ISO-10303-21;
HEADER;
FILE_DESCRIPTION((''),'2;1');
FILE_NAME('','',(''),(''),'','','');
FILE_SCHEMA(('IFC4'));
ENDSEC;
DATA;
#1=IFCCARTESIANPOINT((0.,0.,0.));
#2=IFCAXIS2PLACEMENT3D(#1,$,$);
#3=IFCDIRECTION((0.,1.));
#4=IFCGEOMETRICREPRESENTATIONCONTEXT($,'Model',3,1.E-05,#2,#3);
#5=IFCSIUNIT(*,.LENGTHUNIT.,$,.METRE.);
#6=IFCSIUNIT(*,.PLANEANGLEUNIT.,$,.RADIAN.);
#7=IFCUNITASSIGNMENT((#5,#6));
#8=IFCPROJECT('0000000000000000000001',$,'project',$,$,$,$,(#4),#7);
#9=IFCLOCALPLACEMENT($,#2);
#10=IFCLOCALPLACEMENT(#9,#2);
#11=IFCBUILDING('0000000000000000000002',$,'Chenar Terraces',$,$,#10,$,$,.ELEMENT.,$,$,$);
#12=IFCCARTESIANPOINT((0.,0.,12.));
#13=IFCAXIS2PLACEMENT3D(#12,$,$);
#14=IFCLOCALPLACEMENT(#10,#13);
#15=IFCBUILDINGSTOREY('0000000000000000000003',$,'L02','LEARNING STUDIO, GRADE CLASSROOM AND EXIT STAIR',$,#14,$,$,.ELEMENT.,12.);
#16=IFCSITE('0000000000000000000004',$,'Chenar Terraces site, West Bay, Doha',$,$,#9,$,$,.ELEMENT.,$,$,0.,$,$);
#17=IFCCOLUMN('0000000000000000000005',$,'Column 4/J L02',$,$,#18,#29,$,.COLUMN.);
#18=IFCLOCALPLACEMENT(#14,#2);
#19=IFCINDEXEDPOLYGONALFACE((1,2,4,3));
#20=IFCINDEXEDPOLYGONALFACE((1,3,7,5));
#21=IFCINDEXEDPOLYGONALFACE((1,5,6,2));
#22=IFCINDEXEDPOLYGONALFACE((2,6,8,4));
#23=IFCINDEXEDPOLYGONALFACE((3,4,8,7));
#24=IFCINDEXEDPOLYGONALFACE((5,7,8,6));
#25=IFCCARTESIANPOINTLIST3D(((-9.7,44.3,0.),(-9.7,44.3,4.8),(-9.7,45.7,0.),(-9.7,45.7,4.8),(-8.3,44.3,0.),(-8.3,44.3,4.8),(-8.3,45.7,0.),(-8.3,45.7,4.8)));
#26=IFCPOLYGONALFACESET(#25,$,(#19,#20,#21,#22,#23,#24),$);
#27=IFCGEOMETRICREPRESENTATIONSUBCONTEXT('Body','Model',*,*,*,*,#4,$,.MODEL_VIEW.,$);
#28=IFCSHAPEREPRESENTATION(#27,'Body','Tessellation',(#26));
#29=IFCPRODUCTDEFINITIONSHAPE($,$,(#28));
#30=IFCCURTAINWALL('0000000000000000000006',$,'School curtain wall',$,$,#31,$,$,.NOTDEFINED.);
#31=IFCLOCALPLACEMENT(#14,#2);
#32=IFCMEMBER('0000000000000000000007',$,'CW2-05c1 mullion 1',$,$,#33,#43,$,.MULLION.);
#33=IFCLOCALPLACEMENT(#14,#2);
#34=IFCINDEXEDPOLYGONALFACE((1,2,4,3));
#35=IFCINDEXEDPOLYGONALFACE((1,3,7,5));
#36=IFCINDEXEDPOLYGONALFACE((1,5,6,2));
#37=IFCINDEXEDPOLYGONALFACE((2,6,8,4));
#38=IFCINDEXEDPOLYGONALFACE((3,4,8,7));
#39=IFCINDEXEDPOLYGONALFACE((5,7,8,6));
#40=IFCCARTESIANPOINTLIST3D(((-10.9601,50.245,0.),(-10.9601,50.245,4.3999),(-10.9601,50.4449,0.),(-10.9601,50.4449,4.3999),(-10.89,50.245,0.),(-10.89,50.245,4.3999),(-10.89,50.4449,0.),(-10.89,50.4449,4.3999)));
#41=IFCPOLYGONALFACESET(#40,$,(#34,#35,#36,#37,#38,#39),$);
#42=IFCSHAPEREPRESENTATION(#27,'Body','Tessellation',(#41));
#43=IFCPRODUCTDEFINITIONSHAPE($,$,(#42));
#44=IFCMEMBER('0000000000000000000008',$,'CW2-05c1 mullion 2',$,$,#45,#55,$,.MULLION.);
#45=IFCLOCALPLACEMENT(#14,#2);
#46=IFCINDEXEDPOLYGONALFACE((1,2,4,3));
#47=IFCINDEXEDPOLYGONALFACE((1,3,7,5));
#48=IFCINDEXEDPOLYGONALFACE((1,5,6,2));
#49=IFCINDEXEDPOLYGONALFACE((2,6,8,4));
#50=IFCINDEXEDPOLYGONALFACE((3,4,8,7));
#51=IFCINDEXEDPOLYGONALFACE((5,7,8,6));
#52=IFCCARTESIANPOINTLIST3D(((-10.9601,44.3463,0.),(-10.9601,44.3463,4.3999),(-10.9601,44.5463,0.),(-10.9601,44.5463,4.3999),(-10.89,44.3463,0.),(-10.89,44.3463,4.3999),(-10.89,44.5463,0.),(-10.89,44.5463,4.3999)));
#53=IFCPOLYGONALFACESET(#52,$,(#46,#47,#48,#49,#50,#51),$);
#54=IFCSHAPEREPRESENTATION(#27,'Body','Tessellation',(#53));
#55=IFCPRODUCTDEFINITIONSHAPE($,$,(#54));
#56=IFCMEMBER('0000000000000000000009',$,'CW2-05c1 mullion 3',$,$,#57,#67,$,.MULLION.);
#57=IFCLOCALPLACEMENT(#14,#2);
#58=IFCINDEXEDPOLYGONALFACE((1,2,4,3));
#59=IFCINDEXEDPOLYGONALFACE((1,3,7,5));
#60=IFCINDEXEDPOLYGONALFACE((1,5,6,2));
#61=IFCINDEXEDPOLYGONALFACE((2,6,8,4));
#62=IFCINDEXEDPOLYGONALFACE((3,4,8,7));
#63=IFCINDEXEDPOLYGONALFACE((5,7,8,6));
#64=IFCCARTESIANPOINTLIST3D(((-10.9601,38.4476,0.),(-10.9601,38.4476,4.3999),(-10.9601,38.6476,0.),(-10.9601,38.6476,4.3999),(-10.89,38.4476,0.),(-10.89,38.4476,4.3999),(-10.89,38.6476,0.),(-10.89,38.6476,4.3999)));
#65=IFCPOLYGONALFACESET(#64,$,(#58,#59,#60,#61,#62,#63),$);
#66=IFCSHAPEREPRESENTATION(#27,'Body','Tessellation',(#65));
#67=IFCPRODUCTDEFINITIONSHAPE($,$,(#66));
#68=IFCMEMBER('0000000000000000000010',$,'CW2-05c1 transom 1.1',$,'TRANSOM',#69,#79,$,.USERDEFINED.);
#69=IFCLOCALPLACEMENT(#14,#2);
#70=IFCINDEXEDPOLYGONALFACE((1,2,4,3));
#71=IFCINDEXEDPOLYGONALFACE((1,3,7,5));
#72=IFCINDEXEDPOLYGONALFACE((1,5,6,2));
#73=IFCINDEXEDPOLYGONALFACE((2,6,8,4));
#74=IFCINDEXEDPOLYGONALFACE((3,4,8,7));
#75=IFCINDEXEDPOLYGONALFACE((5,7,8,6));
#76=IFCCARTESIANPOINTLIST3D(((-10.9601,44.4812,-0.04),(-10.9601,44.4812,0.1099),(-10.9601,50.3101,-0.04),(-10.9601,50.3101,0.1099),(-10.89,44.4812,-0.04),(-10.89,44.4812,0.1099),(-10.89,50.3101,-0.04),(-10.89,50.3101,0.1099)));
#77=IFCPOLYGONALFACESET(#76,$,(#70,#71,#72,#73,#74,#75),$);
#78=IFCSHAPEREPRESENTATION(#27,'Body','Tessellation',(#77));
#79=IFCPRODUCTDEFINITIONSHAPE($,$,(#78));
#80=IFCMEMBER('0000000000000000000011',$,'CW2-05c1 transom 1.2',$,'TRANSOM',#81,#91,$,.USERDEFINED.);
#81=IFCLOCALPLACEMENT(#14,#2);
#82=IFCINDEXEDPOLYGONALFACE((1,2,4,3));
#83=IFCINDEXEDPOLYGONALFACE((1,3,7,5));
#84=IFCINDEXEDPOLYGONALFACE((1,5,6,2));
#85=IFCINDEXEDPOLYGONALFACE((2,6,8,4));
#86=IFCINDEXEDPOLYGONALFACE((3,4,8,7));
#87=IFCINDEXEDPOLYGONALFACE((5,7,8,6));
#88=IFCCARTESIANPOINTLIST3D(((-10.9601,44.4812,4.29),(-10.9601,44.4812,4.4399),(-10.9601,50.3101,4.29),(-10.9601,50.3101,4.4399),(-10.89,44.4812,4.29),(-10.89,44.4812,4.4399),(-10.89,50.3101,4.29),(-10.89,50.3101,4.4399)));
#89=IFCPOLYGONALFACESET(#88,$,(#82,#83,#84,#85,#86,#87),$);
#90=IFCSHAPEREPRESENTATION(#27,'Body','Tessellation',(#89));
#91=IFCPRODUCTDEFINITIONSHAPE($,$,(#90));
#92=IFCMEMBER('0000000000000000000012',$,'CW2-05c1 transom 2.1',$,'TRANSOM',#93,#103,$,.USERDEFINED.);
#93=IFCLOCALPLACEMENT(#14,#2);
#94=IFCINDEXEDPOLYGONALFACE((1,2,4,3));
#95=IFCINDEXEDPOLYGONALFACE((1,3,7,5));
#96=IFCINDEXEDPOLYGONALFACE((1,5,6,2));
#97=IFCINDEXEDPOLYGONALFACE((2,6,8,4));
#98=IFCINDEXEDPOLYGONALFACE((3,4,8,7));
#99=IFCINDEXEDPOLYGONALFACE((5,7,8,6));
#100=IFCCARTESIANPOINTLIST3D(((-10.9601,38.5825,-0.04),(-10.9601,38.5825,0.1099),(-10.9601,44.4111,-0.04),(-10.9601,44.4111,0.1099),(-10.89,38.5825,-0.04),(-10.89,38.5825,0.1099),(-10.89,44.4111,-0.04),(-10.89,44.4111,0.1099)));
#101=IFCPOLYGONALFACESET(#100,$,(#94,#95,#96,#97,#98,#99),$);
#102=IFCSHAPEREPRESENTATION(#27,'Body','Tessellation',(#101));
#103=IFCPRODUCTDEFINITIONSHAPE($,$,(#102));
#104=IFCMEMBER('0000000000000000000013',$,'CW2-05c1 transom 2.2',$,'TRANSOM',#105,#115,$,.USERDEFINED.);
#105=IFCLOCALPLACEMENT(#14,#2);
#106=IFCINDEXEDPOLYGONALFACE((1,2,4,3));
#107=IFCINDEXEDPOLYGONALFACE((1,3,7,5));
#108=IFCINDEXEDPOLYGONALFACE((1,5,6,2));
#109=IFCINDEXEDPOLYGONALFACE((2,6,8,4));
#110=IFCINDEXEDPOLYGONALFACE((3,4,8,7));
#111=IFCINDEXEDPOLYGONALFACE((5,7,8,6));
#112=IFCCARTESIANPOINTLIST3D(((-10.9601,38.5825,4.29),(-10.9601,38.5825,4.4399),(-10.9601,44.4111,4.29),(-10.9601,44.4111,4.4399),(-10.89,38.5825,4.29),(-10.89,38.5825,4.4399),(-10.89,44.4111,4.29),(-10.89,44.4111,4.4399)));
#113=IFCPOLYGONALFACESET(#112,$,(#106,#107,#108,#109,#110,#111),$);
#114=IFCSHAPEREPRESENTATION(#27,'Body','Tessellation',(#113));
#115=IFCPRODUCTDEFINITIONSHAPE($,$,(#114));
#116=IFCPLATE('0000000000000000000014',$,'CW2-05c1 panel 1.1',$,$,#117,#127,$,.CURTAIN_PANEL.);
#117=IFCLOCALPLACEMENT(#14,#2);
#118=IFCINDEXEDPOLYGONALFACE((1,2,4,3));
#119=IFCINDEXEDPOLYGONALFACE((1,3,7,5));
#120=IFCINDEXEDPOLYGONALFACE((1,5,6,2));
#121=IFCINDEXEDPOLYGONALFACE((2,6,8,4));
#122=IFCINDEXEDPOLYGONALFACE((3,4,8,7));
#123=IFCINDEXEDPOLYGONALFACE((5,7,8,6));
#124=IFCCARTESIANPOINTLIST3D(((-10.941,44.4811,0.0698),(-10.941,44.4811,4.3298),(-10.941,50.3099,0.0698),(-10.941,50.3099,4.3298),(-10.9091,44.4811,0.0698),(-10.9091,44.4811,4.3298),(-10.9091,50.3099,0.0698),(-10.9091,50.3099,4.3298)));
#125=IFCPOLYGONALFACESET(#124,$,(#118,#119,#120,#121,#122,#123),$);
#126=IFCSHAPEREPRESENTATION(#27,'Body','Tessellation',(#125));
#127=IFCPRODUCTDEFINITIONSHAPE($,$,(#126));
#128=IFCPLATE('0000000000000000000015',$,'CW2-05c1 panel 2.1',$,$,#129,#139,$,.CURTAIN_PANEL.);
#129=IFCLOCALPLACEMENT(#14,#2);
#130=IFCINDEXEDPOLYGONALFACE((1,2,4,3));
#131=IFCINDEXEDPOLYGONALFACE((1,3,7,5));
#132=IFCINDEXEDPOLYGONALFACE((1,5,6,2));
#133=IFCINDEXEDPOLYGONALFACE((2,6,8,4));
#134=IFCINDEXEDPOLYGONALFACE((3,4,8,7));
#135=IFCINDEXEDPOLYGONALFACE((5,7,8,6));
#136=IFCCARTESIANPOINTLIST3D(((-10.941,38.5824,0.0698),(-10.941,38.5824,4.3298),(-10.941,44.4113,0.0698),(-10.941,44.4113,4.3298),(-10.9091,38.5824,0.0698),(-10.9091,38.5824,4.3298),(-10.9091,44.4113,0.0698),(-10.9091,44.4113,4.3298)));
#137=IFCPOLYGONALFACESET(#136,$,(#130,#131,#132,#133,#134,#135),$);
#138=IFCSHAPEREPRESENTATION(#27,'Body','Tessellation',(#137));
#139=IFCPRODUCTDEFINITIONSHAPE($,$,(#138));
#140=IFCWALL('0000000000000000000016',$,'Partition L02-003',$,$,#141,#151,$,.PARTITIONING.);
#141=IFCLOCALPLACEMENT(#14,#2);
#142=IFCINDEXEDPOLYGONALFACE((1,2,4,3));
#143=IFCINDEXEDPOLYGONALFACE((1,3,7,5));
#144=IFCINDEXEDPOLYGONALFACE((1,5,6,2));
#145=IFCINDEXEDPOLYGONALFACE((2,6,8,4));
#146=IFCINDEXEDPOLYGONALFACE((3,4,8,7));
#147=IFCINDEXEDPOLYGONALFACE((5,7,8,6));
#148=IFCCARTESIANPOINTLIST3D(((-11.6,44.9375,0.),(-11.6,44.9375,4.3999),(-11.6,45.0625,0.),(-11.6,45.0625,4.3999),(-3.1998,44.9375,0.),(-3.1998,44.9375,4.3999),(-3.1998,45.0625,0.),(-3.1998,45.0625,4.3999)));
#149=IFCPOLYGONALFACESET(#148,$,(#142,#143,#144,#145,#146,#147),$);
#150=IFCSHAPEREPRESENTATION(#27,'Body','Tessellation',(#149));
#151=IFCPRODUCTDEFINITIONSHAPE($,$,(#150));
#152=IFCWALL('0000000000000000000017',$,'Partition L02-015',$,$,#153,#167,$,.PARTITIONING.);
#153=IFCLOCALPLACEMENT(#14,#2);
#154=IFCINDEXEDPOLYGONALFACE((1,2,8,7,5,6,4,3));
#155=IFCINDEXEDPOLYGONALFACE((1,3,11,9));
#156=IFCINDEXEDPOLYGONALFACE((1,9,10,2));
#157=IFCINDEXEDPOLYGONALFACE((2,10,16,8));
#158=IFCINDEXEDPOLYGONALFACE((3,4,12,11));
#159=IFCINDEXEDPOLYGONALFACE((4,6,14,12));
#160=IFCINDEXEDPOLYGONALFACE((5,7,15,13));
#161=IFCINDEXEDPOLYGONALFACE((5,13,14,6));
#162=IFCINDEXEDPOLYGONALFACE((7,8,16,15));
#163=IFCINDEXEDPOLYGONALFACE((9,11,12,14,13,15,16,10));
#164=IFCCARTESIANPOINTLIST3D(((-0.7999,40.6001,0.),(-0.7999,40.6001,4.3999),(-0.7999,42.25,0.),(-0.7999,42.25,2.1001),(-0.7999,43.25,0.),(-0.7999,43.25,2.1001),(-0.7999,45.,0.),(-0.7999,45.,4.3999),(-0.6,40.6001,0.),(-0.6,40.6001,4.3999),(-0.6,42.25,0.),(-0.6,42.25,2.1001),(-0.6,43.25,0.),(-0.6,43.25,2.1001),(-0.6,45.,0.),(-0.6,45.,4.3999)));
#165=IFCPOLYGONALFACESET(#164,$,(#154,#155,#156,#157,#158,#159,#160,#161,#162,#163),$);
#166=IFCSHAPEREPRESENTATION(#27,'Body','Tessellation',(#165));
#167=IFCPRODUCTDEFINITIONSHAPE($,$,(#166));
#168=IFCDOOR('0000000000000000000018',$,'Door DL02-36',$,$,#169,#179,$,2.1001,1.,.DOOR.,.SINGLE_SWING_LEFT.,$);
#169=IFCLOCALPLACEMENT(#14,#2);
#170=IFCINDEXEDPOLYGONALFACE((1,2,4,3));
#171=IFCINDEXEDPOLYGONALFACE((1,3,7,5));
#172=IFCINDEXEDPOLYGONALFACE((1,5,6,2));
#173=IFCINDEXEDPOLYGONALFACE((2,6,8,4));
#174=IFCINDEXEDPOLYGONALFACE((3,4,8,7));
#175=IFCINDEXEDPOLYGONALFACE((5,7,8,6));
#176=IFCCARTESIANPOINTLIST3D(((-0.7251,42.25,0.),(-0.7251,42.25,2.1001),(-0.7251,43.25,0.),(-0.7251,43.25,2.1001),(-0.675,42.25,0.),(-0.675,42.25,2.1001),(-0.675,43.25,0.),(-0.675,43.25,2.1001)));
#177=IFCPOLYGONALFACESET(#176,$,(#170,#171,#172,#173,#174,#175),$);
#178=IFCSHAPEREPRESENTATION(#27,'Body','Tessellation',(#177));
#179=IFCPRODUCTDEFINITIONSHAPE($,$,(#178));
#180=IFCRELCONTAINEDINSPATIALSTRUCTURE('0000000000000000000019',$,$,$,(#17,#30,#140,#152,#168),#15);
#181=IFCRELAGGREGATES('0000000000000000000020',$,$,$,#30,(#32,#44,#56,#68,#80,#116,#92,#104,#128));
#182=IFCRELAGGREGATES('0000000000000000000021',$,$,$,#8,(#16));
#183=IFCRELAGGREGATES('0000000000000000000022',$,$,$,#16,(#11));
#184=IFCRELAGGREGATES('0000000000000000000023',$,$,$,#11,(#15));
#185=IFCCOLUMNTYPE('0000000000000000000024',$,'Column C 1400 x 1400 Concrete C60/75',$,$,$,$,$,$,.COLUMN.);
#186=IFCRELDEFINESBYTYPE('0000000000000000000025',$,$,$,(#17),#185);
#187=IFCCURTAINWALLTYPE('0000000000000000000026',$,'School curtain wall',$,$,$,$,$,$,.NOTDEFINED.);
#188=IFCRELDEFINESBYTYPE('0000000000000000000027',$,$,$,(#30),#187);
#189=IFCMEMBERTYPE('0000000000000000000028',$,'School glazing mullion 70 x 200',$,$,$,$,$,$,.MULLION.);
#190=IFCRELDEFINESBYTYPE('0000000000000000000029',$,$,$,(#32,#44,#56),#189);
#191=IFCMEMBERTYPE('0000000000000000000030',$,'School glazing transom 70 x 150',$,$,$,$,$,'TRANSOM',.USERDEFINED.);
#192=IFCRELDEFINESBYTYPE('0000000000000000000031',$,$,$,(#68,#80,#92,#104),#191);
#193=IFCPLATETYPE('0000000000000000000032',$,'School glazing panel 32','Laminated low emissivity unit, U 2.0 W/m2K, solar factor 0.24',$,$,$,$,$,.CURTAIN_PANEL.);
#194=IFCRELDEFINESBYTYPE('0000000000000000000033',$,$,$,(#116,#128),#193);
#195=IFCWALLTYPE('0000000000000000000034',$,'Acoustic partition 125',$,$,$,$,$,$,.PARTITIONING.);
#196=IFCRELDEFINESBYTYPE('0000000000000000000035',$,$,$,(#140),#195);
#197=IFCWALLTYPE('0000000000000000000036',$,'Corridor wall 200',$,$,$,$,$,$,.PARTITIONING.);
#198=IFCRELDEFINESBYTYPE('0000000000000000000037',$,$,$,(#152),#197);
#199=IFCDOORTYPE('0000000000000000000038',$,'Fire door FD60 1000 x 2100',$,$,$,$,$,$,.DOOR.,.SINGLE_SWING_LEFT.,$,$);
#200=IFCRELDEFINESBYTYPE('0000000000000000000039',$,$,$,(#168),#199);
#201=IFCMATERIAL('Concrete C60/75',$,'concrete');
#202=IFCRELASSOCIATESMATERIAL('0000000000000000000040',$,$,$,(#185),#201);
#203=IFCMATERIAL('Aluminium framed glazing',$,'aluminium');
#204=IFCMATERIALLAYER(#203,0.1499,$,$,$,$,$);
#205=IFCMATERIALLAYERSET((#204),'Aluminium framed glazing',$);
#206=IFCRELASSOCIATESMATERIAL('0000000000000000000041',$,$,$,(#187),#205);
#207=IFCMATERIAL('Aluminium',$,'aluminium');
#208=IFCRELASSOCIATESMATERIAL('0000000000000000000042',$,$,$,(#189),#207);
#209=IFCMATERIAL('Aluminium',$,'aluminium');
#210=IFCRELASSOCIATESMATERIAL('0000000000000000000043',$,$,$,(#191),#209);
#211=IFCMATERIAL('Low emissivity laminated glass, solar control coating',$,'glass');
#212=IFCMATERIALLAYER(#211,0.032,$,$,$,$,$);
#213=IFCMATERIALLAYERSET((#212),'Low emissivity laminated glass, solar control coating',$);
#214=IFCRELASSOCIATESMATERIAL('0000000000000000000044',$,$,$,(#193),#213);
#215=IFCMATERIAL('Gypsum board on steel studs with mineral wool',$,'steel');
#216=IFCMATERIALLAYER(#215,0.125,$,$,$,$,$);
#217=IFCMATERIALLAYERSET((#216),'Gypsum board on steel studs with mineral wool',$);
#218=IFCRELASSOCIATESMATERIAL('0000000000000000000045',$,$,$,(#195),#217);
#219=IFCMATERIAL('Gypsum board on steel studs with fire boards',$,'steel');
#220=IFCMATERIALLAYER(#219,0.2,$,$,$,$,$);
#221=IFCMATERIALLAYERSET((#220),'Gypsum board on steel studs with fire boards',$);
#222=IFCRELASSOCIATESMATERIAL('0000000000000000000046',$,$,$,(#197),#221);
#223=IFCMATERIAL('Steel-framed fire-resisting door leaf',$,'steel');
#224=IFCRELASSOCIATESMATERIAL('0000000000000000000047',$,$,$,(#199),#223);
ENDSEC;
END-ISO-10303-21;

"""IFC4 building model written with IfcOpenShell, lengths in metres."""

from ifc_helpers import new_model, si_unit, direction, frame, frame_2d, origin, origin_2d, place, context, subcontext, project, spatial, rectangle, extrude, material, layer, layer_set, material_profile, profile_set, type_object, element, fill, aggregate, save


model = new_model("IFC4")

# Units and contexts
model_context = context("Model", 3, precision=1e-05, world=origin(), true_north=direction((0.0, 1.0)))
body_context = subcontext(model_context, "Body", "Model", "MODEL_VIEW")
ifc_project = project(units=[si_unit("LENGTHUNIT", "METRE"), si_unit("PLANEANGLEUNIT", "RADIAN")], contexts=[model_context])

# Site, building, storey
site_placement = place(None, origin())
site = spatial("IfcSite", under=ifc_project, at=site_placement, Name="Chenar Terraces site, West Bay, Doha", CompositionType="ELEMENT", RefElevation=0.0)
building_placement = place(site_placement, origin())
building = spatial("IfcBuilding", under=site, at=building_placement, Name="Chenar Terraces", CompositionType="ELEMENT")
storey_placement = place(building_placement, frame((0.0, 0.0, 12.0)))
storey = spatial("IfcBuildingStorey", under=building, at=storey_placement, Name="L02", Description="LEARNING STUDIO, GRADE CLASSROOM AND EXIT STAIR", CompositionType="ELEMENT", Elevation=12.0)

# Column
ifc_material_1 = material(Name="Concrete C60/75", Category="concrete")
ifc_material_profile_1 = material_profile(ifc_material_1, rectangle(XDim=1.3999, YDim=1.3999, at=origin_2d()), Name="C 1400 x 1400")
ifc_profile_set_1 = profile_set([ifc_material_profile_1], Name="Concrete C60/75")
column_type = type_object("IfcColumnType", Name="Column C 1400 x 1400 Concrete C60/75", PredefinedType="COLUMN", material=ifc_profile_set_1)
column_placement = place(storey_placement, frame((-9.0, 45.0, 0.0), z_axis=(0.0, 0.0, 1.0), x_axis=(1.0, 0.0, 0.0)))
element("IfcColumn", 1, at=column_placement, inside=storey, type_object=column_type, Name="Column 4/J L02", PredefinedType="COLUMN", context=body_context, shape_type="SweptSolid", body=[
    extrude(rectangle(XDim=1.3999, YDim=1.3999, at=origin_2d()), origin(), (0.0, 0.0, 1.0), 4.8),
])

# Curtain wall, members, plates
ifc_material_2 = material(Name="Aluminium framed glazing", Category="aluminium")
ifc_layer_1 = layer(ifc_material_2, 0.1499)
ifc_layer_set_1 = layer_set([ifc_layer_1], Name="Aluminium framed glazing")
curtain_wall_type = type_object("IfcCurtainWallType", Name="School curtain wall", PredefinedType="NOTDEFINED", material=ifc_layer_set_1)
curtain_wall_placement = place(storey_placement, origin())
curtain_wall = element("IfcCurtainWall", 2, at=curtain_wall_placement, inside=storey, type_object=curtain_wall_type, Name="School curtain wall", PredefinedType="NOTDEFINED")
ifc_material_3 = material(Name="Aluminium", Category="aluminium")
ifc_material_profile_2 = material_profile(ifc_material_3, rectangle(XDim=0.0701, YDim=0.2, at=origin_2d()), Name="School glazing mullion 70 x 200")
ifc_profile_set_2 = profile_set([ifc_material_profile_2], Name="Aluminium")
member_type_1 = type_object("IfcMemberType", Name="School glazing mullion 70 x 200", PredefinedType="MULLION", material=ifc_profile_set_2)
member_1_placement = place(storey_placement, frame((-10.925, 50.345, 0.0), z_axis=(0.0, 0.0, 1.0), x_axis=(1.0, 0.0, 0.0)))
member_1 = element("IfcMember", 3, at=member_1_placement, type_object=member_type_1, Name="CW2-05c1 mullion 1", PredefinedType="MULLION", context=body_context, shape_type="SweptSolid", body=[
    extrude(rectangle(XDim=0.0701, YDim=0.2, at=origin_2d()), origin(), (0.0, 0.0, 1.0), 4.3999),
])
member_2_placement = place(storey_placement, frame((-10.925, 44.4463, 0.0), z_axis=(0.0, 0.0, 1.0), x_axis=(1.0, 0.0, 0.0)))
member_2 = element("IfcMember", 4, at=member_2_placement, type_object=member_type_1, Name="CW2-05c1 mullion 2", PredefinedType="MULLION", context=body_context, shape_type="SweptSolid", body=[
    extrude(rectangle(XDim=0.0701, YDim=0.2, at=origin_2d()), origin(), (0.0, 0.0, 1.0), 4.3999),
])
member_3_placement = place(storey_placement, frame((-10.925, 38.5476, 0.0), z_axis=(0.0, 0.0, 1.0), x_axis=(1.0, 0.0, 0.0)))
member_3 = element("IfcMember", 5, at=member_3_placement, type_object=member_type_1, Name="CW2-05c1 mullion 3", PredefinedType="MULLION", context=body_context, shape_type="SweptSolid", body=[
    extrude(rectangle(XDim=0.0701, YDim=0.2, at=origin_2d()), origin(), (0.0, 0.0, 1.0), 4.3999),
])
ifc_material_4 = material(Name="Aluminium", Category="aluminium")
ifc_material_profile_3 = material_profile(ifc_material_4, rectangle(XDim=0.0701, YDim=0.1499, at=origin_2d()), Name="School glazing transom 70 x 150")
ifc_profile_set_3 = profile_set([ifc_material_profile_3], Name="Aluminium")
member_type_2 = type_object("IfcMemberType", Name="School glazing transom 70 x 150", ElementType="TRANSOM", PredefinedType="USERDEFINED", material=ifc_profile_set_3)
member_4_placement = place(storey_placement, frame((-10.925, 50.3101, 0.0349), z_axis=(0.0, -1.0, 0.0), x_axis=(1.0, 0.0, 0.0)))
member_4 = element("IfcMember", 6, at=member_4_placement, type_object=member_type_2, Name="CW2-05c1 transom 1.1", ObjectType="TRANSOM", PredefinedType="USERDEFINED", context=body_context, shape_type="SweptSolid", body=[
    extrude(rectangle(XDim=0.0701, YDim=0.1499, at=origin_2d()), origin(), (0.0, 0.0, 1.0), 5.8289),
])
member_5_placement = place(storey_placement, frame((-10.925, 50.3101, 4.365), z_axis=(0.0, -1.0, 0.0), x_axis=(1.0, 0.0, 0.0)))
member_5 = element("IfcMember", 7, at=member_5_placement, type_object=member_type_2, Name="CW2-05c1 transom 1.2", ObjectType="TRANSOM", PredefinedType="USERDEFINED", context=body_context, shape_type="SweptSolid", body=[
    extrude(rectangle(XDim=0.0701, YDim=0.1499, at=origin_2d()), origin(), (0.0, 0.0, 1.0), 5.8289),
])
member_6_placement = place(storey_placement, frame((-10.925, 44.4111, 0.0349), z_axis=(0.0, -1.0, 0.0), x_axis=(1.0, 0.0, 0.0)))
member_6 = element("IfcMember", 8, at=member_6_placement, type_object=member_type_2, Name="CW2-05c1 transom 2.1", ObjectType="TRANSOM", PredefinedType="USERDEFINED", context=body_context, shape_type="SweptSolid", body=[
    extrude(rectangle(XDim=0.0701, YDim=0.1499, at=origin_2d()), origin(), (0.0, 0.0, 1.0), 5.8286),
])
member_7_placement = place(storey_placement, frame((-10.925, 44.4111, 4.365), z_axis=(0.0, -1.0, 0.0), x_axis=(1.0, 0.0, 0.0)))
member_7 = element("IfcMember", 9, at=member_7_placement, type_object=member_type_2, Name="CW2-05c1 transom 2.2", ObjectType="TRANSOM", PredefinedType="USERDEFINED", context=body_context, shape_type="SweptSolid", body=[
    extrude(rectangle(XDim=0.0701, YDim=0.1499, at=origin_2d()), origin(), (0.0, 0.0, 1.0), 5.8286),
])
ifc_material_5 = material(Name="Low emissivity laminated glass, solar control coating", Category="glass")
ifc_layer_2 = layer(ifc_material_5, 0.032)
ifc_layer_set_2 = layer_set([ifc_layer_2], Name="Low emissivity laminated glass, solar control coating")
plate_type = type_object("IfcPlateType", Name="School glazing panel 32", Description="Laminated low emissivity unit, U 2.0 W/m2K, solar factor 0.24", PredefinedType="CURTAIN_PANEL", material=ifc_layer_set_2)
plate_1_placement = place(storey_placement, frame((-10.925, 47.3955, 0.0698), z_axis=(0.0, 0.0, 1.0), x_axis=(0.0, -1.0, 0.0)))
plate_1 = element("IfcPlate", 10, at=plate_1_placement, type_object=plate_type, Name="CW2-05c1 panel 1.1", PredefinedType="CURTAIN_PANEL", context=body_context, shape_type="SweptSolid", body=[
    extrude(rectangle(XDim=5.8289, YDim=0.032, at=origin_2d()), origin(), (0.0, 0.0, 1.0), 4.26),
])
plate_2_placement = place(storey_placement, frame((-10.925, 41.4968, 0.0698), z_axis=(0.0, 0.0, 1.0), x_axis=(0.0, -1.0, 0.0)))
plate_2 = element("IfcPlate", 11, at=plate_2_placement, type_object=plate_type, Name="CW2-05c1 panel 2.1", PredefinedType="CURTAIN_PANEL", context=body_context, shape_type="SweptSolid", body=[
    extrude(rectangle(XDim=5.8289, YDim=0.032, at=origin_2d()), origin(), (0.0, 0.0, 1.0), 4.26),
])
aggregate(curtain_wall, [member_1, member_2, member_3, member_4, member_5, plate_1, member_6, member_7, plate_2])

# Wall
ifc_material_6 = material(Name="Gypsum board on steel studs with mineral wool", Category="steel")
ifc_layer_3 = layer(ifc_material_6, 0.125)
ifc_layer_set_3 = layer_set([ifc_layer_3], Name="Gypsum board on steel studs with mineral wool")
wall_type_1 = type_object("IfcWallType", Name="Acoustic partition 125", PredefinedType="PARTITIONING", material=ifc_layer_set_3)
wall_1_placement = place(storey_placement, frame((-11.6001, 45.0, 0.0), z_axis=(0.0, 0.0, 1.0), x_axis=(1.0, 0.0, 0.0)))
element("IfcWall", 12, at=wall_1_placement, inside=storey, type_object=wall_type_1, Name="Partition L02-003", PredefinedType="PARTITIONING", context=body_context, shape_type="SweptSolid", body=[
    extrude(rectangle(XDim=8.4001, YDim=0.125, at=frame_2d((4.2002, 0.0))), origin(), (0.0, 0.0, 1.0), 4.3999),
])

# Wall, opening, door
ifc_material_7 = material(Name="Gypsum board on steel studs with fire boards", Category="steel")
ifc_layer_4 = layer(ifc_material_7, 0.2)
ifc_layer_set_4 = layer_set([ifc_layer_4], Name="Gypsum board on steel studs with fire boards")
wall_type_2 = type_object("IfcWallType", Name="Corridor wall 200", PredefinedType="PARTITIONING", material=ifc_layer_set_4)
wall_2_placement = place(storey_placement, frame((-0.7, 40.6001, 0.0), z_axis=(0.0, 0.0, 1.0), x_axis=(0.0, 1.0, 0.0)))
wall_2 = element("IfcWall", 13, at=wall_2_placement, inside=storey, type_object=wall_type_2, Name="Partition L02-015", PredefinedType="PARTITIONING", context=body_context, shape_type="SweptSolid", body=[
    extrude(rectangle(XDim=4.3999, YDim=0.2, at=frame_2d((2.2, 0.0))), origin(), (0.0, 0.0, 1.0), 4.3999),
])
opening_1_placement = place(wall_2_placement, frame((1.6499, 0.0, 0.0)))
opening_1 = element("IfcOpeningElement", 14, at=opening_1_placement, cuts=wall_2, PredefinedType="OPENING", context=body_context, shape_type="SweptSolid", body=[
    extrude(rectangle(XDim=1.0, YDim=2.1001, at=frame_2d((0.5, 1.05))), frame((0.0, 0.1099, 0.0), z_axis=(0.0, -1.0, 0.0), x_axis=(1.0, 0.0, 0.0)), (0.0, 0.0, 1.0), 0.22),
])
ifc_material_8 = material(Name="Steel-framed fire-resisting door leaf", Category="steel")
door_type_1 = type_object("IfcDoorType", Name="Fire door FD60 1000 x 2100", OperationType="SINGLE_SWING_LEFT", PredefinedType="DOOR", material=ifc_material_8)
door_1_placement = place(opening_1_placement, frame((1.0, 0.0, 0.0), z_axis=(0.0, 0.0, 1.0), x_axis=(-1.0, 0.0, 0.0)))
door_1 = element("IfcDoor", 15, at=door_1_placement, inside=storey, type_object=door_type_1, Name="Door DL02-36", OperationType="SINGLE_SWING_LEFT", OverallHeight=2.1001, OverallWidth=1.0, PredefinedType="DOOR", context=body_context, shape_type="SweptSolid", body=[
    extrude(rectangle(XDim=1.0, YDim=2.1001, at=frame_2d((0.5, 1.05))), frame((0.0, 0.0249, 0.0), z_axis=(0.0, -1.0, 0.0), x_axis=(1.0, 0.0, 0.0)), (0.0, 0.0, 1.0), 0.05),
])
fill(opening_1, door_1)

save(model, "model.ifc")
